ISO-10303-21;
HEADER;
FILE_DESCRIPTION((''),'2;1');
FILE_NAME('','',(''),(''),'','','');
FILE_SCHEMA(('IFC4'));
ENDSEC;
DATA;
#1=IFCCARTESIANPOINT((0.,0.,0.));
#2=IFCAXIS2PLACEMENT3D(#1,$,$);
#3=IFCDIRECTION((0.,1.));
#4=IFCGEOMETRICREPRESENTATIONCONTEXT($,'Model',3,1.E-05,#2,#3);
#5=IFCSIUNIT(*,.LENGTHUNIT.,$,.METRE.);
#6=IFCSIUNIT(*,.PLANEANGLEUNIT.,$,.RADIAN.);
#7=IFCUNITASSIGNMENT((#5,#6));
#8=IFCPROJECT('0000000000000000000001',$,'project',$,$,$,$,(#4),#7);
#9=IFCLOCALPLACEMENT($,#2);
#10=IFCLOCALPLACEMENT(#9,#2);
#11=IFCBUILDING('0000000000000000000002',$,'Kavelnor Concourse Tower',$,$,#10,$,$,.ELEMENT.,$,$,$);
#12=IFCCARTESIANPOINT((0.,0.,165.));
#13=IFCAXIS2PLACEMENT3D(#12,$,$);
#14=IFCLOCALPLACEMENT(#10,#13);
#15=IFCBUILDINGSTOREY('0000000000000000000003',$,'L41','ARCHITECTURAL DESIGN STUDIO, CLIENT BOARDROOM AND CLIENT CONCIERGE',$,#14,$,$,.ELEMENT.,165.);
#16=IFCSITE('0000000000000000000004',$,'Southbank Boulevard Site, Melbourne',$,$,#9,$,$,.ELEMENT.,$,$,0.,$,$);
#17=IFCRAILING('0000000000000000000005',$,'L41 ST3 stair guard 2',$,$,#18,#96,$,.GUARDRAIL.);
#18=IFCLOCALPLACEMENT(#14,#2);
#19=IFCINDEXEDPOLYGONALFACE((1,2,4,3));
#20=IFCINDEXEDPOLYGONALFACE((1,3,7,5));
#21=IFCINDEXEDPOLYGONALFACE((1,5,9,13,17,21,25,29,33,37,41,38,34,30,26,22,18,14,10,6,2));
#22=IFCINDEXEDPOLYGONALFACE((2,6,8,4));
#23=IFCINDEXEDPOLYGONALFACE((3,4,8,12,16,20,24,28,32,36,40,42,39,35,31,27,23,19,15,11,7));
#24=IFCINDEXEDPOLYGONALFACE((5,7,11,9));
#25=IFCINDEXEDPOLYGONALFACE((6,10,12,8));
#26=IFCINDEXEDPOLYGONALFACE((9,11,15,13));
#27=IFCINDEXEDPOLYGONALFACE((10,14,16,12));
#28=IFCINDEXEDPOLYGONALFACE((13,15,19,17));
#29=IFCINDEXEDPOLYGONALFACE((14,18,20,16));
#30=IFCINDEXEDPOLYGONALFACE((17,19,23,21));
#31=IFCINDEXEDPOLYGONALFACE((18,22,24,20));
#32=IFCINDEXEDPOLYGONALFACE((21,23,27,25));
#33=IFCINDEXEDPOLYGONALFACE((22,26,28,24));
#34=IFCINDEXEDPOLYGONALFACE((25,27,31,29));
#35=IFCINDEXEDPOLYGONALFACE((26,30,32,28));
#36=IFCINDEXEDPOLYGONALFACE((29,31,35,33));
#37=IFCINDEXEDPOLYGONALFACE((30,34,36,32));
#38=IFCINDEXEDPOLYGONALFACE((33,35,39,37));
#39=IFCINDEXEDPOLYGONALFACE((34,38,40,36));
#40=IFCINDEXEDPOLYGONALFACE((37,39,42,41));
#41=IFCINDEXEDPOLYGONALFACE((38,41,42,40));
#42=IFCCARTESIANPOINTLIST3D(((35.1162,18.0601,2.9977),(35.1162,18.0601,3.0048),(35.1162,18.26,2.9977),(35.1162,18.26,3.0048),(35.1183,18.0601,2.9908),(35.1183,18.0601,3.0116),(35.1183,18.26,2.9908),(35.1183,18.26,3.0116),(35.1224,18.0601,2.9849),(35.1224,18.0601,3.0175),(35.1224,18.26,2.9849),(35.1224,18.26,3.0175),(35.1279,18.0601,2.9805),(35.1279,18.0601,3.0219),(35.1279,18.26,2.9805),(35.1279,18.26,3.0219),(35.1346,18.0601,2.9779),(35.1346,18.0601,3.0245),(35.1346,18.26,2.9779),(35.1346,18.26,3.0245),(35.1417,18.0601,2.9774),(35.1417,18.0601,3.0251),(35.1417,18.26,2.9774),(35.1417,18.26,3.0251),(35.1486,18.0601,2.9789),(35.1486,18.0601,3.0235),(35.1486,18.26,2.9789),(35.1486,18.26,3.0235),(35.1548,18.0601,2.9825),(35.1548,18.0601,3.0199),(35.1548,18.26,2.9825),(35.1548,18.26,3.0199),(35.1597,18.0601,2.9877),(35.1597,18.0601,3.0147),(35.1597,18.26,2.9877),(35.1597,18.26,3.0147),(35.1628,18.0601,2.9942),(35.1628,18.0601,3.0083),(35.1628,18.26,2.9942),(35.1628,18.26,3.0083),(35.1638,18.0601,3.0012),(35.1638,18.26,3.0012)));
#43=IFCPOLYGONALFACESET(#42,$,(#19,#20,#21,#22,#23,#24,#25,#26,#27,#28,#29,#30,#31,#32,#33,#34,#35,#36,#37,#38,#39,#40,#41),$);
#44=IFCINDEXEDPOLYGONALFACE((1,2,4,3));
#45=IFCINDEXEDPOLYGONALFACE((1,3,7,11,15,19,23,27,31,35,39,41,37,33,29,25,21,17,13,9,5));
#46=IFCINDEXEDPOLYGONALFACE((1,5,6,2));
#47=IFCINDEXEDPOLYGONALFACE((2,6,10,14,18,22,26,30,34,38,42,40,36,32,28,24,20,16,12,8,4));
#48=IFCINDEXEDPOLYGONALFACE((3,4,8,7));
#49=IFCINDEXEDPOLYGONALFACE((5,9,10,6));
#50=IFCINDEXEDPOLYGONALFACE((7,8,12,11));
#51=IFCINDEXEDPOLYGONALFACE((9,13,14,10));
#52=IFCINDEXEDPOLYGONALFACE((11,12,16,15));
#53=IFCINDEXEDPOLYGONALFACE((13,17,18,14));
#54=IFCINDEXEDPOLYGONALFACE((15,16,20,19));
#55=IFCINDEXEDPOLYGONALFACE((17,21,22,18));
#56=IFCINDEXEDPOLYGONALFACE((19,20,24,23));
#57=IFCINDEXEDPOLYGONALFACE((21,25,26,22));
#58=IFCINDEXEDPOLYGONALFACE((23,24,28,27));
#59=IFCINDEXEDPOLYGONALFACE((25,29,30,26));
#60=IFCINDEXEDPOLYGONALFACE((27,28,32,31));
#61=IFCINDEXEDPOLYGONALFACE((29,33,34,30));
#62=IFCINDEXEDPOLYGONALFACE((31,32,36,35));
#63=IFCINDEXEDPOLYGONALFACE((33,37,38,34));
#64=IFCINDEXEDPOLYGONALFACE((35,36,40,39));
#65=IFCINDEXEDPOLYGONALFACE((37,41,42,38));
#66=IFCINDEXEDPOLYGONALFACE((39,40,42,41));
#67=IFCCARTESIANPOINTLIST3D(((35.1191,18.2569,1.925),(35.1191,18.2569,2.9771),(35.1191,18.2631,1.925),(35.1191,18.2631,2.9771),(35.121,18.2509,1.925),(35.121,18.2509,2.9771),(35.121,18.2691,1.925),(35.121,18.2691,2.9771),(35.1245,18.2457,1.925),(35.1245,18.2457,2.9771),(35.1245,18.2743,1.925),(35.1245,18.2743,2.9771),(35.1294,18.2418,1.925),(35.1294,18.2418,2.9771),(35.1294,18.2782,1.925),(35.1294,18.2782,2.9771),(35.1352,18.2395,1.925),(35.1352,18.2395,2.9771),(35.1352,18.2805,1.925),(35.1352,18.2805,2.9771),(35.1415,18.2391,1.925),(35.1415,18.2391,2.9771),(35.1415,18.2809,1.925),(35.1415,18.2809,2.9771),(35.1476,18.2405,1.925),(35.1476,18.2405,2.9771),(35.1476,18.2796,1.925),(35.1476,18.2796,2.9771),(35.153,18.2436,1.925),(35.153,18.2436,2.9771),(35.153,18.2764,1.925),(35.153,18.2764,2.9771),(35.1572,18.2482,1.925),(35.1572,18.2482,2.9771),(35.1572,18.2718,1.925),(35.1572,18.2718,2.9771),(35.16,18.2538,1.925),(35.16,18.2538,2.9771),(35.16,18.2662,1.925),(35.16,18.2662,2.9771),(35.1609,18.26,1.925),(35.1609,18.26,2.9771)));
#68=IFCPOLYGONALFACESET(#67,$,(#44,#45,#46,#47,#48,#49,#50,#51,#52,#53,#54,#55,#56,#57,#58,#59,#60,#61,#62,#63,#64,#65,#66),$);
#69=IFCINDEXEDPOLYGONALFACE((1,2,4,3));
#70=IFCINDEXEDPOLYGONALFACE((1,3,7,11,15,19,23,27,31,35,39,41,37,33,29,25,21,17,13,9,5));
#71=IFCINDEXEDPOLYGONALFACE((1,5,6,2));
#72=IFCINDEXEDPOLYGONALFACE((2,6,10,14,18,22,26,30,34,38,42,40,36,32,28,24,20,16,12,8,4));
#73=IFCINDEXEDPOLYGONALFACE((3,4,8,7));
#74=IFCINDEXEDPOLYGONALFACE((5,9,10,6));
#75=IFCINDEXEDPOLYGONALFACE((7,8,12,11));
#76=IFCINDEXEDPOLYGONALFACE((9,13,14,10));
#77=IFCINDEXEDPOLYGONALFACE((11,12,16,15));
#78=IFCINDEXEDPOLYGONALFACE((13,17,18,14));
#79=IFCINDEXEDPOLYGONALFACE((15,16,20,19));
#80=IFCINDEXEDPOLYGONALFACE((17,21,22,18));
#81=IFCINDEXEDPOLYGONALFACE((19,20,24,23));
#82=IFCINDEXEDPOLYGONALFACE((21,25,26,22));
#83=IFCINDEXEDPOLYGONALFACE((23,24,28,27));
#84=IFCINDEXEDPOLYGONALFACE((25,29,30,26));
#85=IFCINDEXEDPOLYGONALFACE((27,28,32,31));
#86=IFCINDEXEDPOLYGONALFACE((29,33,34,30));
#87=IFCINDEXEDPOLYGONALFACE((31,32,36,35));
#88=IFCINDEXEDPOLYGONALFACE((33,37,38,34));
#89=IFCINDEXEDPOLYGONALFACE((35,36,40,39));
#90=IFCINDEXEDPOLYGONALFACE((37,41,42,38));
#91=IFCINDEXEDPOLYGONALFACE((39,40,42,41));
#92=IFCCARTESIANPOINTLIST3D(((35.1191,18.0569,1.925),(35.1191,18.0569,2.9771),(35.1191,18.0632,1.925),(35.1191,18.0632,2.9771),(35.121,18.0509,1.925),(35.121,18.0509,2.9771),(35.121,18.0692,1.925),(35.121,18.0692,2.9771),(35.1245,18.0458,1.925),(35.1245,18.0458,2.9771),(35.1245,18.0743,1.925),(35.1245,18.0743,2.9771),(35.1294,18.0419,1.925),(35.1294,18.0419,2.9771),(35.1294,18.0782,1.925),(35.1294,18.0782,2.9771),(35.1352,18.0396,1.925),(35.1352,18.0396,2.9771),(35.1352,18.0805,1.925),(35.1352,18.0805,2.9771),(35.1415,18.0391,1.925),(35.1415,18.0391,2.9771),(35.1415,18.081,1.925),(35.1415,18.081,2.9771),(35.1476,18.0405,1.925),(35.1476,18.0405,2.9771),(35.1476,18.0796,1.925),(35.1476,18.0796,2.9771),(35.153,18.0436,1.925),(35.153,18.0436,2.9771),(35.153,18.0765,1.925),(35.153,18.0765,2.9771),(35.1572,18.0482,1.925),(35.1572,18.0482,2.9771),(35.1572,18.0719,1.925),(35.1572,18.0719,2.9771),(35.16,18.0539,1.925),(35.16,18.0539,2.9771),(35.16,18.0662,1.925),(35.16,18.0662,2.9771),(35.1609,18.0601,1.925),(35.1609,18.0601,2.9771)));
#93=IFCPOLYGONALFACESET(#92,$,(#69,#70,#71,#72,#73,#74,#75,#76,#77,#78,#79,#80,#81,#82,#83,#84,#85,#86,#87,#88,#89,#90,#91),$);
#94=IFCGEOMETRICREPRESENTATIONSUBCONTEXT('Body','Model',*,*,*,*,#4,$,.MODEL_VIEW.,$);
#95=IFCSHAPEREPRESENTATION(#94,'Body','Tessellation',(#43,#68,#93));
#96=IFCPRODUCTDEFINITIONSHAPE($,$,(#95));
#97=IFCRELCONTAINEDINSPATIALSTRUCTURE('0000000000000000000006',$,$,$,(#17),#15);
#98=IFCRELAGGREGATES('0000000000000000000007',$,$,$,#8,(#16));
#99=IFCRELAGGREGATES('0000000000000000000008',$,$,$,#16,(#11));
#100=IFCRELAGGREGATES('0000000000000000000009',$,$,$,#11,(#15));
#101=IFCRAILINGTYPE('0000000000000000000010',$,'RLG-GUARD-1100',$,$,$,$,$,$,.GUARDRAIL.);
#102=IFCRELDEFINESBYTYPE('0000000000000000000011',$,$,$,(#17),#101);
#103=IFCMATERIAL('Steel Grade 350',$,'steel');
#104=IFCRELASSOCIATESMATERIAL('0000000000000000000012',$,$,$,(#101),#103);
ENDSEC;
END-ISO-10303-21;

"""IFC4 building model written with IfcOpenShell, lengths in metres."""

from ifc_helpers import new_model, si_unit, direction, frame, origin, origin_2d, place, context, subcontext, project, spatial, circle, extrude, material, type_object, element, save


model = new_model("IFC4")

# Units and contexts
model_context = context("Model", 3, precision=1e-05, world=origin(), true_north=direction((0.0, 1.0)))
body_context = subcontext(model_context, "Body", "Model", "MODEL_VIEW")
ifc_project = project(units=[si_unit("LENGTHUNIT", "METRE"), si_unit("PLANEANGLEUNIT", "RADIAN")], contexts=[model_context])

# Site, building, storey
site_placement = place(None, origin())
site = spatial("IfcSite", under=ifc_project, at=site_placement, Name="Southbank Boulevard Site, Melbourne", CompositionType="ELEMENT", RefElevation=0.0)
building_placement = place(site_placement, origin())
building = spatial("IfcBuilding", under=site, at=building_placement, Name="Kavelnor Concourse Tower", CompositionType="ELEMENT")
storey_placement = place(building_placement, frame((0.0, 0.0, 165.0)))
storey = spatial("IfcBuildingStorey", under=building, at=storey_placement, Name="L41", Description="ARCHITECTURAL DESIGN STUDIO, CLIENT BOARDROOM AND CLIENT CONCIERGE", CompositionType="ELEMENT", Elevation=165.0)

# Shared definitions
ifc_material_1 = material(Name="Steel Grade 350", Category="steel")

# Railing
railing_type = type_object("IfcRailingType", Name="RLG-GUARD-1100", PredefinedType="GUARDRAIL", material=ifc_material_1)
railing_1_placement = place(storey_placement, frame((35.1399, 18.26, 1.925)))
element("IfcRailing", 1, at=railing_1_placement, inside=storey, type_object=railing_type, Name="L41 ST3 stair guard 2", PredefinedType="GUARDRAIL", context=body_context, shape_type="SweptSolid", body=[
    extrude(circle(Radius=0.0239, at=origin_2d()), frame((0.0, 0.0, 1.0762), z_axis=(0.0, -1.0, 0.0), x_axis=(1.0, 0.0, 0.0)), (0.0, 0.0, 1.0), 0.2),
    extrude(circle(Radius=0.021, at=origin_2d()), origin(), (0.0, 0.0, 1.0), 1.052),
    extrude(circle(Radius=0.021, at=origin_2d()), frame((0.0, -0.2, 0.0)), (0.0, 0.0, 1.0), 1.052),
])

save(model, "model.ifc")
